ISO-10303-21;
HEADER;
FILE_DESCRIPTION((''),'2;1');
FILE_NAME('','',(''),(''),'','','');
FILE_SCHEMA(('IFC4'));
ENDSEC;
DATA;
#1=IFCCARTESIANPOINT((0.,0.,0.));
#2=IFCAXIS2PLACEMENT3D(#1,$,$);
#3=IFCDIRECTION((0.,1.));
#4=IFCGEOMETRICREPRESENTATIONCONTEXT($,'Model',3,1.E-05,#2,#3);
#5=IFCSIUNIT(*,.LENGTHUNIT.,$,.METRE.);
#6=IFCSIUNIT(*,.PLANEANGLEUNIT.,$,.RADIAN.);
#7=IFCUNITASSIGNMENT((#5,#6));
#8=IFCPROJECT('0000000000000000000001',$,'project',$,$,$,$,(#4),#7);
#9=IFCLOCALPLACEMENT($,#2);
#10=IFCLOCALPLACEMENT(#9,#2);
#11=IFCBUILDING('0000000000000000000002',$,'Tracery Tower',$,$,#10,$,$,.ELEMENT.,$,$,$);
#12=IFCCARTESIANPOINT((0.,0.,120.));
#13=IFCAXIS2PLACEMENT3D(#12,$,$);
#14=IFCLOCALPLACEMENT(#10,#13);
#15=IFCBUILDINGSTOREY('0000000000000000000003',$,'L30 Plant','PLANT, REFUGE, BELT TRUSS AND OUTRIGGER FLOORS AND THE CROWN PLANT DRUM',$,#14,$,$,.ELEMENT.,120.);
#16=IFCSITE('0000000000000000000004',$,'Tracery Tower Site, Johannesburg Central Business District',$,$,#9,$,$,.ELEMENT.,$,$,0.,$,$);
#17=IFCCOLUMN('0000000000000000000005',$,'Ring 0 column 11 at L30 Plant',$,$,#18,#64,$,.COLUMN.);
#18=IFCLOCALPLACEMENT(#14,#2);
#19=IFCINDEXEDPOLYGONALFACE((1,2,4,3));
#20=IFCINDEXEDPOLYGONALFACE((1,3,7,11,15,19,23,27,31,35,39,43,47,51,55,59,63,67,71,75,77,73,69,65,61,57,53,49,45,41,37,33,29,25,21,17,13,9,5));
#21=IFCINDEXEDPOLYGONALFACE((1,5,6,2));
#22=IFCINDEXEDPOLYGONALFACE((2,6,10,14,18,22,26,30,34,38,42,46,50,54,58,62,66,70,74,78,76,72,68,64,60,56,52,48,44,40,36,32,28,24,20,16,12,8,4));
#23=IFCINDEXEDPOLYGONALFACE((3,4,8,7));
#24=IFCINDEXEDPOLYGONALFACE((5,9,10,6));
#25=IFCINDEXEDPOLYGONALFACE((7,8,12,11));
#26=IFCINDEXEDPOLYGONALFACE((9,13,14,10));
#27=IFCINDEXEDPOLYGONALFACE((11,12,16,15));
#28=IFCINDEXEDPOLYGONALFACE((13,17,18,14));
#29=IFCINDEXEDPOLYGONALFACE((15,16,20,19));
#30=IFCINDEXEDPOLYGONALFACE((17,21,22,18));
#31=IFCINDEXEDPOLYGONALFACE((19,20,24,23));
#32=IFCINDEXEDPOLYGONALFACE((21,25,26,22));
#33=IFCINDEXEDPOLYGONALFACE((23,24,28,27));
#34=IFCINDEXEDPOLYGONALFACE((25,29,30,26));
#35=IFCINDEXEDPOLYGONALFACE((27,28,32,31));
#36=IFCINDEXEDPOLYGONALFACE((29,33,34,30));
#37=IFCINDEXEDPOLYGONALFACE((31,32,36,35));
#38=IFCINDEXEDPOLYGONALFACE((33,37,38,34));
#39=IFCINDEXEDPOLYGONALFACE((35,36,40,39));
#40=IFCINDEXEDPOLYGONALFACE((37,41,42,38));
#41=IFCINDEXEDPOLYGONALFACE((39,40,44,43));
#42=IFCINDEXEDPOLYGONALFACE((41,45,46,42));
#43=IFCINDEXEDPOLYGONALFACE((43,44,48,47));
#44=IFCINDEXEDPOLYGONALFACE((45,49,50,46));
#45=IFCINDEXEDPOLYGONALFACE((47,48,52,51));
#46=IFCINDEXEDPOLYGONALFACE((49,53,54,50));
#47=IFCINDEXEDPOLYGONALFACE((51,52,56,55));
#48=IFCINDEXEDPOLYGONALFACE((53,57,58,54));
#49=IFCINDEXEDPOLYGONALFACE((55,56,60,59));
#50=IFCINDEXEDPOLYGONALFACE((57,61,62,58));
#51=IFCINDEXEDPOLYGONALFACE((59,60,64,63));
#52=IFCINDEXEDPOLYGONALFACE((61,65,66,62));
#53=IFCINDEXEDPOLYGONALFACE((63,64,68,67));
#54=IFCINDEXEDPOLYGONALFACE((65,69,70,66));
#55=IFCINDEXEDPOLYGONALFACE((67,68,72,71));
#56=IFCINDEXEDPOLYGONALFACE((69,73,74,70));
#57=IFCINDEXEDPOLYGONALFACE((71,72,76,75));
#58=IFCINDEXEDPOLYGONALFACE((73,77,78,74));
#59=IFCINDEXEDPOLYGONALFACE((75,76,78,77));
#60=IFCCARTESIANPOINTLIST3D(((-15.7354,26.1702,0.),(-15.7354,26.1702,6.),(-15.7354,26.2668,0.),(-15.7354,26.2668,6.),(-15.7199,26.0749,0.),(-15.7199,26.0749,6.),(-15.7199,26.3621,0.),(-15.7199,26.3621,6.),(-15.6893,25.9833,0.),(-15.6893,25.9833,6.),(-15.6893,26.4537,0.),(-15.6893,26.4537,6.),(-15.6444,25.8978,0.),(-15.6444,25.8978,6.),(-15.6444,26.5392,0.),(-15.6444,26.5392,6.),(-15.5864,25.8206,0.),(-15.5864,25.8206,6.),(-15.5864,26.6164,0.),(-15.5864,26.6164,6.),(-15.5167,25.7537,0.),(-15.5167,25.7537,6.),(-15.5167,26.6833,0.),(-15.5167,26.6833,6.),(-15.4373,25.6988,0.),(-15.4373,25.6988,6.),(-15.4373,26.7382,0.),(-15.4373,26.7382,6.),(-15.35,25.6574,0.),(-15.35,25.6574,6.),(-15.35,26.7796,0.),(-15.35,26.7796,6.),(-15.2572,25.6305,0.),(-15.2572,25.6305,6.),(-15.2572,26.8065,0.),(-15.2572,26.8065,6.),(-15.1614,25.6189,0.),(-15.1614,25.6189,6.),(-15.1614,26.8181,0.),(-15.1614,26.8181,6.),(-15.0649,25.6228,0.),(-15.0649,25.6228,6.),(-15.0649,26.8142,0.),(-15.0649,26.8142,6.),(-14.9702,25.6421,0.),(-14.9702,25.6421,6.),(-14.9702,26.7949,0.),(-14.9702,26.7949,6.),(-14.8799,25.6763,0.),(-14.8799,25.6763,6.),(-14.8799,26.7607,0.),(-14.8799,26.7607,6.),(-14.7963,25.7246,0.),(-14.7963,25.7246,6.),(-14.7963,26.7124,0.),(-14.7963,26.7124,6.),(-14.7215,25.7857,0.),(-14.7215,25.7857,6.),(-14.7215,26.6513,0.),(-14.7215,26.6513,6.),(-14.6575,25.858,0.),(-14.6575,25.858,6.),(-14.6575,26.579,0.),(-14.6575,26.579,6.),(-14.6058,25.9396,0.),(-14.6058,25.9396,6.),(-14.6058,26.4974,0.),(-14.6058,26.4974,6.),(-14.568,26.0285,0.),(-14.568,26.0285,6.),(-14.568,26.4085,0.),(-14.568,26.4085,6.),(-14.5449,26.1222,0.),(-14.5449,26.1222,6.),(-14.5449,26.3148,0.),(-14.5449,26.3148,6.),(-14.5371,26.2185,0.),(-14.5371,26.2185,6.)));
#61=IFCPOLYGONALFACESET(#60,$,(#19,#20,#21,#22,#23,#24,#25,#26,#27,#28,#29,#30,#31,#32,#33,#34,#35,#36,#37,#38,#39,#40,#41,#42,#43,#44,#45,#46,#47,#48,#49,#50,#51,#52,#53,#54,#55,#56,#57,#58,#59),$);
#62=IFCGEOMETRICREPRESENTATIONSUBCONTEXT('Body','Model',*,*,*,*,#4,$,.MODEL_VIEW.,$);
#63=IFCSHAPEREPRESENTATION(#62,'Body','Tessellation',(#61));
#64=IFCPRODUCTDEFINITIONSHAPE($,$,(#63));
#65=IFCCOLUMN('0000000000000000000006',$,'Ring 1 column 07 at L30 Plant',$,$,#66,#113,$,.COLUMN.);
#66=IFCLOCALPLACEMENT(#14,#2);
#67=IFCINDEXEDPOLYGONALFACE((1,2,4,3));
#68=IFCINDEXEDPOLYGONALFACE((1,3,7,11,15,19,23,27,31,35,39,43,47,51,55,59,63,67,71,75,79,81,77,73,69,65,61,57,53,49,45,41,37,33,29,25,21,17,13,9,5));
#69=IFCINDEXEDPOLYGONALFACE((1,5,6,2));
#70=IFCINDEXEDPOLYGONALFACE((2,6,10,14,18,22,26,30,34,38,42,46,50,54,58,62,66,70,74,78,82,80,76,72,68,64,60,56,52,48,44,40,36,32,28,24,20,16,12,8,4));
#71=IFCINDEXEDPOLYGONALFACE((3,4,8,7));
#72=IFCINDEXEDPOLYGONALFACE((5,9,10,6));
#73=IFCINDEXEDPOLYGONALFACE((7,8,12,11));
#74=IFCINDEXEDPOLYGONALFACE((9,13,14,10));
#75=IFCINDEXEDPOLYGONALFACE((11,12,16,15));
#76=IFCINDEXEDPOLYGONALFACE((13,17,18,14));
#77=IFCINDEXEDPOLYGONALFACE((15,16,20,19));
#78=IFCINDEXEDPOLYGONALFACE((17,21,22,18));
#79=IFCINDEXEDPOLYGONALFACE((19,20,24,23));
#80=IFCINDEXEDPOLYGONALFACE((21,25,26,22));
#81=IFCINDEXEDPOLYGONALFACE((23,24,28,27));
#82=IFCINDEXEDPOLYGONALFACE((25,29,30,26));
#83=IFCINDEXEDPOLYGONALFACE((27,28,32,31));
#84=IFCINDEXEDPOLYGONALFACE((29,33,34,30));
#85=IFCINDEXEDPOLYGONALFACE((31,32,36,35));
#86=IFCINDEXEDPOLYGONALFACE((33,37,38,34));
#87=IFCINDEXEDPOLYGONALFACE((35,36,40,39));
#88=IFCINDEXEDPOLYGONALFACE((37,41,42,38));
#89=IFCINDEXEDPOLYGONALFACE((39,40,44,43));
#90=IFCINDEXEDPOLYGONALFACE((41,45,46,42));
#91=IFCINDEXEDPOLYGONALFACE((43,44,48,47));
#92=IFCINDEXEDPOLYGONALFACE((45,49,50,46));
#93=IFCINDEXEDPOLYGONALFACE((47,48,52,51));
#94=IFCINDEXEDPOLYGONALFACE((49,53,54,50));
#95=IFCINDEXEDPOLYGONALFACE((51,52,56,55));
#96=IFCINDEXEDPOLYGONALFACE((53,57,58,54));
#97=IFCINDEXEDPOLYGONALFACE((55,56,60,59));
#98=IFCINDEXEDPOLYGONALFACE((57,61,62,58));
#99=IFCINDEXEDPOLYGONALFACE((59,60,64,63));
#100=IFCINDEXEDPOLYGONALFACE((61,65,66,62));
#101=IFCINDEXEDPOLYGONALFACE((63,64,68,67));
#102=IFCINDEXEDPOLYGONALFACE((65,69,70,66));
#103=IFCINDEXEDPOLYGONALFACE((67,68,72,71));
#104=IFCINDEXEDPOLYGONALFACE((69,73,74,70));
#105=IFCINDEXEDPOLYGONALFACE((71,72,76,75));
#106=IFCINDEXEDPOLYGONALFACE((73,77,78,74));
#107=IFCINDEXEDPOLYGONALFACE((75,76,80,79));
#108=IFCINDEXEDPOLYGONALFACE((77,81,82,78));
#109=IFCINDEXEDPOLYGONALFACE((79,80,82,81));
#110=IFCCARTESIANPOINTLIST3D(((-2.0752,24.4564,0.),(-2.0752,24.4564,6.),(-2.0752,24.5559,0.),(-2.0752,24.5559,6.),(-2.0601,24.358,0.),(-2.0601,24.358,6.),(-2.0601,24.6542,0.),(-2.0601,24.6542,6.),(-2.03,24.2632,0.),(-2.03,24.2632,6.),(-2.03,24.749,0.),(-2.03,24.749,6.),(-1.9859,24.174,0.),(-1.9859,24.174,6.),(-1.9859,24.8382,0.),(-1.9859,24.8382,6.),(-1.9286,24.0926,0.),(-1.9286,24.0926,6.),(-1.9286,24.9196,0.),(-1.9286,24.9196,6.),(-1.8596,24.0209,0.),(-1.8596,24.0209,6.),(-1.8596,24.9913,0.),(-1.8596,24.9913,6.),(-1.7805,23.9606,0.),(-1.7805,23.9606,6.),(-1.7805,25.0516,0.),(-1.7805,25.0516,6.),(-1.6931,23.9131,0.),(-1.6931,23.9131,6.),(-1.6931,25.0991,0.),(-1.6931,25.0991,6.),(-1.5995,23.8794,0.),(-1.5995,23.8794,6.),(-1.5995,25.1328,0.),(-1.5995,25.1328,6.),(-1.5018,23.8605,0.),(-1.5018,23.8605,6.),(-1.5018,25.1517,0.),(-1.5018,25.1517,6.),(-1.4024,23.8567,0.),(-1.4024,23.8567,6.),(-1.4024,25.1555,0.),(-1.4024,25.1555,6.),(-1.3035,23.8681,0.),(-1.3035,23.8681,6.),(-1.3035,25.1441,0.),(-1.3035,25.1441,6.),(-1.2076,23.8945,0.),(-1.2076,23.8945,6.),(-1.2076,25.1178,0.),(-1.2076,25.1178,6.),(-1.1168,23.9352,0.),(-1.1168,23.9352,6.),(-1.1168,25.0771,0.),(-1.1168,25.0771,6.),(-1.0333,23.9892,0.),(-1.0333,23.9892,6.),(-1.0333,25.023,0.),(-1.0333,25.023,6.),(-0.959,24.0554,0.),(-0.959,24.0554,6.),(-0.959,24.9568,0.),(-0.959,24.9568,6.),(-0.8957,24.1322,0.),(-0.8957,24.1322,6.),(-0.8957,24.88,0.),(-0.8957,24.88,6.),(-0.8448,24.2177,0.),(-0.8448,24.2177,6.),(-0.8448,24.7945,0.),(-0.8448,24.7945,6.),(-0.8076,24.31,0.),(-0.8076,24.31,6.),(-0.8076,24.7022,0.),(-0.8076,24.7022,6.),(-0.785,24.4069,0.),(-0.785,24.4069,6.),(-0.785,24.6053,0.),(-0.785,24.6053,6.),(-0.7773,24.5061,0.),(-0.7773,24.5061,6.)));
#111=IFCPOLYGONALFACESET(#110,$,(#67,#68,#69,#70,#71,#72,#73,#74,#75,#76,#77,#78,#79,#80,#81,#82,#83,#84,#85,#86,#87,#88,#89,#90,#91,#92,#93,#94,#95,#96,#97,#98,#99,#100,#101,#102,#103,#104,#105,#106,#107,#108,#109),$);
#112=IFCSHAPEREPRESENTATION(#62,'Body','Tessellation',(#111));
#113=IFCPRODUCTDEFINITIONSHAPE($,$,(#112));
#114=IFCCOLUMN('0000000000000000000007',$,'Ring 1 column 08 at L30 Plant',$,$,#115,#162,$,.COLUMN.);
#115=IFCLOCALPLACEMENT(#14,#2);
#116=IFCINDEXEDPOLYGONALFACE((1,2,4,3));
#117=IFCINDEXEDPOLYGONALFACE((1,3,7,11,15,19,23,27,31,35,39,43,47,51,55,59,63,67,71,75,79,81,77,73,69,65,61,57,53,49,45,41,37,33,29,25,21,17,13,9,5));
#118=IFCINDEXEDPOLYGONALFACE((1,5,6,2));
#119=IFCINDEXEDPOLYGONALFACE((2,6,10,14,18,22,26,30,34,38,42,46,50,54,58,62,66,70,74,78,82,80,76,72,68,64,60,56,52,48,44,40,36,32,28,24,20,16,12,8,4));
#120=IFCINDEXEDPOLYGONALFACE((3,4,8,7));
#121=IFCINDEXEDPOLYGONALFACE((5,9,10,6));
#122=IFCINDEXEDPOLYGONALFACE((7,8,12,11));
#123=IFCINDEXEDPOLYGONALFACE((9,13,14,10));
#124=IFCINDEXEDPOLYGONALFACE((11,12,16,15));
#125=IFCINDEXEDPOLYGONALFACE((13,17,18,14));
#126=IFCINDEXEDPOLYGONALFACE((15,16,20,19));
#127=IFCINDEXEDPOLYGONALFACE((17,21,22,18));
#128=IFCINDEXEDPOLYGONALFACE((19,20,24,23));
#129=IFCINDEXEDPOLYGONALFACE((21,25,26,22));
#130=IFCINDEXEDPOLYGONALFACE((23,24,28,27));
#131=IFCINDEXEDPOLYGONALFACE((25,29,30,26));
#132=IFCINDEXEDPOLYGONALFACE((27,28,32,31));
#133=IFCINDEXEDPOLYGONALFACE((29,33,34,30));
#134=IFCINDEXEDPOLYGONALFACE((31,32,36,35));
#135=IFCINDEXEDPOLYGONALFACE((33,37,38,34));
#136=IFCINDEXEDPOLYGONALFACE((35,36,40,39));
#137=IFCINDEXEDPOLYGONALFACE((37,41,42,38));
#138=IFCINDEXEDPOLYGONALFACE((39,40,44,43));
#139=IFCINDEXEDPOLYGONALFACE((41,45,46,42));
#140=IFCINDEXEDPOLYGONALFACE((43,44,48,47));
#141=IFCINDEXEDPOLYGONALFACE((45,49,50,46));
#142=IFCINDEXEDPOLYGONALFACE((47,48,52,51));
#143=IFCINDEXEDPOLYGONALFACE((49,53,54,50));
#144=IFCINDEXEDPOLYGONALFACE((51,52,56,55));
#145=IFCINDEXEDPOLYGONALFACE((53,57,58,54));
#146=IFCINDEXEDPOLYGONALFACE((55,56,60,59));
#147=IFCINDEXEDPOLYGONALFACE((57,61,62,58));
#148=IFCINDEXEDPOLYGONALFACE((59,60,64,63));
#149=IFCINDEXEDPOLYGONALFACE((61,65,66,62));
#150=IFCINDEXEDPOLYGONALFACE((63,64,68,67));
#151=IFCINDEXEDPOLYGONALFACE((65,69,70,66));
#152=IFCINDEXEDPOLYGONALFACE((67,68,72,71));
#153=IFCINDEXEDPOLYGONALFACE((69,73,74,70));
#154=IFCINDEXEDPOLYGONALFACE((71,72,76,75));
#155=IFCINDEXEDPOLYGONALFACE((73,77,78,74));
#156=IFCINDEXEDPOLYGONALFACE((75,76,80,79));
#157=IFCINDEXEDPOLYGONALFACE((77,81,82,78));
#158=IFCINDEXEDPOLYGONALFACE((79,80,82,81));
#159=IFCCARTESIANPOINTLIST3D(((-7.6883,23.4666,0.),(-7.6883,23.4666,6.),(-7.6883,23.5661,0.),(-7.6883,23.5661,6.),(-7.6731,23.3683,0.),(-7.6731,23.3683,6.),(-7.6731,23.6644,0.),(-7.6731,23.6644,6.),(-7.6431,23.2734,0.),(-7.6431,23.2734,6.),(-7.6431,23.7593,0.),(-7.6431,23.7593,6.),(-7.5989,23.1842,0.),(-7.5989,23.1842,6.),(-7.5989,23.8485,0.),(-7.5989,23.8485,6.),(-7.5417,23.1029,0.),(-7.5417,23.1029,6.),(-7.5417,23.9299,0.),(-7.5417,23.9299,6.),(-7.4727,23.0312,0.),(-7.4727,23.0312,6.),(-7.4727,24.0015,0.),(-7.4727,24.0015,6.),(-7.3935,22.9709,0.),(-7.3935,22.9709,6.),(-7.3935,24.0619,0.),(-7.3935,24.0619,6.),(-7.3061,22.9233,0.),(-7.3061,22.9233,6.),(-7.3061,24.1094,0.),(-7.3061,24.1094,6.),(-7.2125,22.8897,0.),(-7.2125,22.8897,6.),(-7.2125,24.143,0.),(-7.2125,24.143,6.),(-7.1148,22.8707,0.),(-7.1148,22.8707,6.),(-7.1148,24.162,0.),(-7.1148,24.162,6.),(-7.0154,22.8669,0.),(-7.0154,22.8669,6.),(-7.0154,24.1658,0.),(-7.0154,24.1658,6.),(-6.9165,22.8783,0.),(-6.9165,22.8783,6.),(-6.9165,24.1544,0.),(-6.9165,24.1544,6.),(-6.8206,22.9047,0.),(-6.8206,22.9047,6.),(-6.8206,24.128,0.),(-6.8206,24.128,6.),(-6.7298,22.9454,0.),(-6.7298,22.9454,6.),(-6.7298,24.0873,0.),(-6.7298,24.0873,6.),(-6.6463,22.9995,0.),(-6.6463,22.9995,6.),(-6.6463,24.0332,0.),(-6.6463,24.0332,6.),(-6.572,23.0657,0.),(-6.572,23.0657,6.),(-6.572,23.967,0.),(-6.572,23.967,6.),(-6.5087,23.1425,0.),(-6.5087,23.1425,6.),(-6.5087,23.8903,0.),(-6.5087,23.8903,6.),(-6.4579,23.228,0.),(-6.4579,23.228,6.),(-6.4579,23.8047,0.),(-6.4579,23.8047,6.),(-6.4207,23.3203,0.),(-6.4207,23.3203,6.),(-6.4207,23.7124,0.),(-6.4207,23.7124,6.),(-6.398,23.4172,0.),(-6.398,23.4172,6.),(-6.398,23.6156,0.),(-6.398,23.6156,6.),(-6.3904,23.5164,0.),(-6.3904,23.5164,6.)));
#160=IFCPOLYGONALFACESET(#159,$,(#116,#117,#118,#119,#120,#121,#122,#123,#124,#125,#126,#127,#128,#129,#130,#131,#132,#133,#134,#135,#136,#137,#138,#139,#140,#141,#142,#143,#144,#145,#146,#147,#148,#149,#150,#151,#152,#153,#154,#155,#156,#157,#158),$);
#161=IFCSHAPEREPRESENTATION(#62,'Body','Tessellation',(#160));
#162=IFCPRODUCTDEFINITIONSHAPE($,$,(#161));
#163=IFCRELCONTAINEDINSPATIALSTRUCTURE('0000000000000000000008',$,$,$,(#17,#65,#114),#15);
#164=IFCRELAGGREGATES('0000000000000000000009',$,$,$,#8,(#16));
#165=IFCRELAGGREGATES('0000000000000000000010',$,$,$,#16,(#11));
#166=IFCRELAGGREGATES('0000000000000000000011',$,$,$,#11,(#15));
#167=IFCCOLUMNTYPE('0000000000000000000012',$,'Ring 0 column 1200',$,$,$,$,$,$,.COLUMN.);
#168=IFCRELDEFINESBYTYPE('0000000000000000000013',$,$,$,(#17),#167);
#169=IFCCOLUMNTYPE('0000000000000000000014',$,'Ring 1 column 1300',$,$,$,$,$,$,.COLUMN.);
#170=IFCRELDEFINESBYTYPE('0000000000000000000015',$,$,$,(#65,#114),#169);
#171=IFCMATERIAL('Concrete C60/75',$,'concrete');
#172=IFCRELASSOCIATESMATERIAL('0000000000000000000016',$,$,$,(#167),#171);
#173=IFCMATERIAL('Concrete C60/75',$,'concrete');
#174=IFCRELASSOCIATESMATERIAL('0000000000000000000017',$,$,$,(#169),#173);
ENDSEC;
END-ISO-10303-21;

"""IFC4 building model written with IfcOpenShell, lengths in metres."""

from ifc_helpers import new_model, si_unit, direction, frame, origin, origin_2d, place, context, subcontext, project, spatial, circle, extrude, material, material_profile, profile_set, type_object, element, save


model = new_model("IFC4")

# Units and contexts
model_context = context("Model", 3, precision=1e-05, world=origin(), true_north=direction((0.0, 1.0)))
body_context = subcontext(model_context, "Body", "Model", "MODEL_VIEW")
ifc_project = project(units=[si_unit("LENGTHUNIT", "METRE"), si_unit("PLANEANGLEUNIT", "RADIAN")], contexts=[model_context])

# Site, building, storey
site_placement = place(None, origin())
site = spatial("IfcSite", under=ifc_project, at=site_placement, Name="Tracery Tower Site, Johannesburg Central Business District", CompositionType="ELEMENT", RefElevation=0.0)
building_placement = place(site_placement, origin())
building = spatial("IfcBuilding", under=site, at=building_placement, Name="Tracery Tower", CompositionType="ELEMENT")
storey_placement = place(building_placement, frame((0.0, 0.0, 120.0)))
storey = spatial("IfcBuildingStorey", under=building, at=storey_placement, Name="L30 Plant", Description="PLANT, REFUGE, BELT TRUSS AND OUTRIGGER FLOORS AND THE CROWN PLANT DRUM", CompositionType="ELEMENT", Elevation=120.0)

# Columns
ifc_material_1 = material(Name="Concrete C60/75", Category="concrete")
ifc_material_profile_1 = material_profile(ifc_material_1, circle(Radius=0.6001, at=origin_2d()), Name="RC D1200")
ifc_profile_set_1 = profile_set([ifc_material_profile_1], Name="Concrete C60/75")
column_type_1 = type_object("IfcColumnType", Name="Ring 0 column 1200", PredefinedType="COLUMN", material=ifc_profile_set_1)
column_placement = place(storey_placement, frame((-15.1372, 26.2185, 0.0), z_axis=(0.0, 0.0, 1.0), x_axis=(1.0, 0.0, 0.0)))
element("IfcColumn", 1, at=column_placement, inside=storey, type_object=column_type_1, Name="Ring 0 column 11 at L30 Plant", PredefinedType="COLUMN", context=body_context, shape_type="SweptSolid", body=[
    extrude(circle(Radius=0.6001, at=origin_2d()), origin(), (0.0, 0.0, 1.0), 6.0),
])
ifc_material_2 = material(Name="Concrete C60/75", Category="concrete")
ifc_material_profile_2 = material_profile(ifc_material_2, circle(Radius=0.6499, at=origin_2d()), Name="RC D1300")
ifc_profile_set_2 = profile_set([ifc_material_profile_2], Name="Concrete C60/75")
column_type_2 = type_object("IfcColumnType", Name="Ring 1 column 1300", PredefinedType="COLUMN", material=ifc_profile_set_2)
for number, where, z_axis, x_axis, name in (
    (2, (-1.4272, 24.5061, 0.0), (0.0, 0.0, 1.0), (1.0, 0.0, 0.0), "Ring 1 column 07 at L30 Plant"),
    (3, (-7.0403, 23.5164, 0.0), (0.0, 0.0, 1.0), (1.0, 0.0, 0.0), "Ring 1 column 08 at L30 Plant"),
):
    element("IfcColumn", number, at=place(storey_placement, frame(where, z_axis=z_axis, x_axis=x_axis)), inside=storey, type_object=column_type_2, Name=name, PredefinedType="COLUMN", context=body_context, shape_type="SweptSolid", body=[
        extrude(circle(Radius=0.6499, at=origin_2d()), origin(), (0.0, 0.0, 1.0), 6.0),
    ])

save(model, "model.ifc")
